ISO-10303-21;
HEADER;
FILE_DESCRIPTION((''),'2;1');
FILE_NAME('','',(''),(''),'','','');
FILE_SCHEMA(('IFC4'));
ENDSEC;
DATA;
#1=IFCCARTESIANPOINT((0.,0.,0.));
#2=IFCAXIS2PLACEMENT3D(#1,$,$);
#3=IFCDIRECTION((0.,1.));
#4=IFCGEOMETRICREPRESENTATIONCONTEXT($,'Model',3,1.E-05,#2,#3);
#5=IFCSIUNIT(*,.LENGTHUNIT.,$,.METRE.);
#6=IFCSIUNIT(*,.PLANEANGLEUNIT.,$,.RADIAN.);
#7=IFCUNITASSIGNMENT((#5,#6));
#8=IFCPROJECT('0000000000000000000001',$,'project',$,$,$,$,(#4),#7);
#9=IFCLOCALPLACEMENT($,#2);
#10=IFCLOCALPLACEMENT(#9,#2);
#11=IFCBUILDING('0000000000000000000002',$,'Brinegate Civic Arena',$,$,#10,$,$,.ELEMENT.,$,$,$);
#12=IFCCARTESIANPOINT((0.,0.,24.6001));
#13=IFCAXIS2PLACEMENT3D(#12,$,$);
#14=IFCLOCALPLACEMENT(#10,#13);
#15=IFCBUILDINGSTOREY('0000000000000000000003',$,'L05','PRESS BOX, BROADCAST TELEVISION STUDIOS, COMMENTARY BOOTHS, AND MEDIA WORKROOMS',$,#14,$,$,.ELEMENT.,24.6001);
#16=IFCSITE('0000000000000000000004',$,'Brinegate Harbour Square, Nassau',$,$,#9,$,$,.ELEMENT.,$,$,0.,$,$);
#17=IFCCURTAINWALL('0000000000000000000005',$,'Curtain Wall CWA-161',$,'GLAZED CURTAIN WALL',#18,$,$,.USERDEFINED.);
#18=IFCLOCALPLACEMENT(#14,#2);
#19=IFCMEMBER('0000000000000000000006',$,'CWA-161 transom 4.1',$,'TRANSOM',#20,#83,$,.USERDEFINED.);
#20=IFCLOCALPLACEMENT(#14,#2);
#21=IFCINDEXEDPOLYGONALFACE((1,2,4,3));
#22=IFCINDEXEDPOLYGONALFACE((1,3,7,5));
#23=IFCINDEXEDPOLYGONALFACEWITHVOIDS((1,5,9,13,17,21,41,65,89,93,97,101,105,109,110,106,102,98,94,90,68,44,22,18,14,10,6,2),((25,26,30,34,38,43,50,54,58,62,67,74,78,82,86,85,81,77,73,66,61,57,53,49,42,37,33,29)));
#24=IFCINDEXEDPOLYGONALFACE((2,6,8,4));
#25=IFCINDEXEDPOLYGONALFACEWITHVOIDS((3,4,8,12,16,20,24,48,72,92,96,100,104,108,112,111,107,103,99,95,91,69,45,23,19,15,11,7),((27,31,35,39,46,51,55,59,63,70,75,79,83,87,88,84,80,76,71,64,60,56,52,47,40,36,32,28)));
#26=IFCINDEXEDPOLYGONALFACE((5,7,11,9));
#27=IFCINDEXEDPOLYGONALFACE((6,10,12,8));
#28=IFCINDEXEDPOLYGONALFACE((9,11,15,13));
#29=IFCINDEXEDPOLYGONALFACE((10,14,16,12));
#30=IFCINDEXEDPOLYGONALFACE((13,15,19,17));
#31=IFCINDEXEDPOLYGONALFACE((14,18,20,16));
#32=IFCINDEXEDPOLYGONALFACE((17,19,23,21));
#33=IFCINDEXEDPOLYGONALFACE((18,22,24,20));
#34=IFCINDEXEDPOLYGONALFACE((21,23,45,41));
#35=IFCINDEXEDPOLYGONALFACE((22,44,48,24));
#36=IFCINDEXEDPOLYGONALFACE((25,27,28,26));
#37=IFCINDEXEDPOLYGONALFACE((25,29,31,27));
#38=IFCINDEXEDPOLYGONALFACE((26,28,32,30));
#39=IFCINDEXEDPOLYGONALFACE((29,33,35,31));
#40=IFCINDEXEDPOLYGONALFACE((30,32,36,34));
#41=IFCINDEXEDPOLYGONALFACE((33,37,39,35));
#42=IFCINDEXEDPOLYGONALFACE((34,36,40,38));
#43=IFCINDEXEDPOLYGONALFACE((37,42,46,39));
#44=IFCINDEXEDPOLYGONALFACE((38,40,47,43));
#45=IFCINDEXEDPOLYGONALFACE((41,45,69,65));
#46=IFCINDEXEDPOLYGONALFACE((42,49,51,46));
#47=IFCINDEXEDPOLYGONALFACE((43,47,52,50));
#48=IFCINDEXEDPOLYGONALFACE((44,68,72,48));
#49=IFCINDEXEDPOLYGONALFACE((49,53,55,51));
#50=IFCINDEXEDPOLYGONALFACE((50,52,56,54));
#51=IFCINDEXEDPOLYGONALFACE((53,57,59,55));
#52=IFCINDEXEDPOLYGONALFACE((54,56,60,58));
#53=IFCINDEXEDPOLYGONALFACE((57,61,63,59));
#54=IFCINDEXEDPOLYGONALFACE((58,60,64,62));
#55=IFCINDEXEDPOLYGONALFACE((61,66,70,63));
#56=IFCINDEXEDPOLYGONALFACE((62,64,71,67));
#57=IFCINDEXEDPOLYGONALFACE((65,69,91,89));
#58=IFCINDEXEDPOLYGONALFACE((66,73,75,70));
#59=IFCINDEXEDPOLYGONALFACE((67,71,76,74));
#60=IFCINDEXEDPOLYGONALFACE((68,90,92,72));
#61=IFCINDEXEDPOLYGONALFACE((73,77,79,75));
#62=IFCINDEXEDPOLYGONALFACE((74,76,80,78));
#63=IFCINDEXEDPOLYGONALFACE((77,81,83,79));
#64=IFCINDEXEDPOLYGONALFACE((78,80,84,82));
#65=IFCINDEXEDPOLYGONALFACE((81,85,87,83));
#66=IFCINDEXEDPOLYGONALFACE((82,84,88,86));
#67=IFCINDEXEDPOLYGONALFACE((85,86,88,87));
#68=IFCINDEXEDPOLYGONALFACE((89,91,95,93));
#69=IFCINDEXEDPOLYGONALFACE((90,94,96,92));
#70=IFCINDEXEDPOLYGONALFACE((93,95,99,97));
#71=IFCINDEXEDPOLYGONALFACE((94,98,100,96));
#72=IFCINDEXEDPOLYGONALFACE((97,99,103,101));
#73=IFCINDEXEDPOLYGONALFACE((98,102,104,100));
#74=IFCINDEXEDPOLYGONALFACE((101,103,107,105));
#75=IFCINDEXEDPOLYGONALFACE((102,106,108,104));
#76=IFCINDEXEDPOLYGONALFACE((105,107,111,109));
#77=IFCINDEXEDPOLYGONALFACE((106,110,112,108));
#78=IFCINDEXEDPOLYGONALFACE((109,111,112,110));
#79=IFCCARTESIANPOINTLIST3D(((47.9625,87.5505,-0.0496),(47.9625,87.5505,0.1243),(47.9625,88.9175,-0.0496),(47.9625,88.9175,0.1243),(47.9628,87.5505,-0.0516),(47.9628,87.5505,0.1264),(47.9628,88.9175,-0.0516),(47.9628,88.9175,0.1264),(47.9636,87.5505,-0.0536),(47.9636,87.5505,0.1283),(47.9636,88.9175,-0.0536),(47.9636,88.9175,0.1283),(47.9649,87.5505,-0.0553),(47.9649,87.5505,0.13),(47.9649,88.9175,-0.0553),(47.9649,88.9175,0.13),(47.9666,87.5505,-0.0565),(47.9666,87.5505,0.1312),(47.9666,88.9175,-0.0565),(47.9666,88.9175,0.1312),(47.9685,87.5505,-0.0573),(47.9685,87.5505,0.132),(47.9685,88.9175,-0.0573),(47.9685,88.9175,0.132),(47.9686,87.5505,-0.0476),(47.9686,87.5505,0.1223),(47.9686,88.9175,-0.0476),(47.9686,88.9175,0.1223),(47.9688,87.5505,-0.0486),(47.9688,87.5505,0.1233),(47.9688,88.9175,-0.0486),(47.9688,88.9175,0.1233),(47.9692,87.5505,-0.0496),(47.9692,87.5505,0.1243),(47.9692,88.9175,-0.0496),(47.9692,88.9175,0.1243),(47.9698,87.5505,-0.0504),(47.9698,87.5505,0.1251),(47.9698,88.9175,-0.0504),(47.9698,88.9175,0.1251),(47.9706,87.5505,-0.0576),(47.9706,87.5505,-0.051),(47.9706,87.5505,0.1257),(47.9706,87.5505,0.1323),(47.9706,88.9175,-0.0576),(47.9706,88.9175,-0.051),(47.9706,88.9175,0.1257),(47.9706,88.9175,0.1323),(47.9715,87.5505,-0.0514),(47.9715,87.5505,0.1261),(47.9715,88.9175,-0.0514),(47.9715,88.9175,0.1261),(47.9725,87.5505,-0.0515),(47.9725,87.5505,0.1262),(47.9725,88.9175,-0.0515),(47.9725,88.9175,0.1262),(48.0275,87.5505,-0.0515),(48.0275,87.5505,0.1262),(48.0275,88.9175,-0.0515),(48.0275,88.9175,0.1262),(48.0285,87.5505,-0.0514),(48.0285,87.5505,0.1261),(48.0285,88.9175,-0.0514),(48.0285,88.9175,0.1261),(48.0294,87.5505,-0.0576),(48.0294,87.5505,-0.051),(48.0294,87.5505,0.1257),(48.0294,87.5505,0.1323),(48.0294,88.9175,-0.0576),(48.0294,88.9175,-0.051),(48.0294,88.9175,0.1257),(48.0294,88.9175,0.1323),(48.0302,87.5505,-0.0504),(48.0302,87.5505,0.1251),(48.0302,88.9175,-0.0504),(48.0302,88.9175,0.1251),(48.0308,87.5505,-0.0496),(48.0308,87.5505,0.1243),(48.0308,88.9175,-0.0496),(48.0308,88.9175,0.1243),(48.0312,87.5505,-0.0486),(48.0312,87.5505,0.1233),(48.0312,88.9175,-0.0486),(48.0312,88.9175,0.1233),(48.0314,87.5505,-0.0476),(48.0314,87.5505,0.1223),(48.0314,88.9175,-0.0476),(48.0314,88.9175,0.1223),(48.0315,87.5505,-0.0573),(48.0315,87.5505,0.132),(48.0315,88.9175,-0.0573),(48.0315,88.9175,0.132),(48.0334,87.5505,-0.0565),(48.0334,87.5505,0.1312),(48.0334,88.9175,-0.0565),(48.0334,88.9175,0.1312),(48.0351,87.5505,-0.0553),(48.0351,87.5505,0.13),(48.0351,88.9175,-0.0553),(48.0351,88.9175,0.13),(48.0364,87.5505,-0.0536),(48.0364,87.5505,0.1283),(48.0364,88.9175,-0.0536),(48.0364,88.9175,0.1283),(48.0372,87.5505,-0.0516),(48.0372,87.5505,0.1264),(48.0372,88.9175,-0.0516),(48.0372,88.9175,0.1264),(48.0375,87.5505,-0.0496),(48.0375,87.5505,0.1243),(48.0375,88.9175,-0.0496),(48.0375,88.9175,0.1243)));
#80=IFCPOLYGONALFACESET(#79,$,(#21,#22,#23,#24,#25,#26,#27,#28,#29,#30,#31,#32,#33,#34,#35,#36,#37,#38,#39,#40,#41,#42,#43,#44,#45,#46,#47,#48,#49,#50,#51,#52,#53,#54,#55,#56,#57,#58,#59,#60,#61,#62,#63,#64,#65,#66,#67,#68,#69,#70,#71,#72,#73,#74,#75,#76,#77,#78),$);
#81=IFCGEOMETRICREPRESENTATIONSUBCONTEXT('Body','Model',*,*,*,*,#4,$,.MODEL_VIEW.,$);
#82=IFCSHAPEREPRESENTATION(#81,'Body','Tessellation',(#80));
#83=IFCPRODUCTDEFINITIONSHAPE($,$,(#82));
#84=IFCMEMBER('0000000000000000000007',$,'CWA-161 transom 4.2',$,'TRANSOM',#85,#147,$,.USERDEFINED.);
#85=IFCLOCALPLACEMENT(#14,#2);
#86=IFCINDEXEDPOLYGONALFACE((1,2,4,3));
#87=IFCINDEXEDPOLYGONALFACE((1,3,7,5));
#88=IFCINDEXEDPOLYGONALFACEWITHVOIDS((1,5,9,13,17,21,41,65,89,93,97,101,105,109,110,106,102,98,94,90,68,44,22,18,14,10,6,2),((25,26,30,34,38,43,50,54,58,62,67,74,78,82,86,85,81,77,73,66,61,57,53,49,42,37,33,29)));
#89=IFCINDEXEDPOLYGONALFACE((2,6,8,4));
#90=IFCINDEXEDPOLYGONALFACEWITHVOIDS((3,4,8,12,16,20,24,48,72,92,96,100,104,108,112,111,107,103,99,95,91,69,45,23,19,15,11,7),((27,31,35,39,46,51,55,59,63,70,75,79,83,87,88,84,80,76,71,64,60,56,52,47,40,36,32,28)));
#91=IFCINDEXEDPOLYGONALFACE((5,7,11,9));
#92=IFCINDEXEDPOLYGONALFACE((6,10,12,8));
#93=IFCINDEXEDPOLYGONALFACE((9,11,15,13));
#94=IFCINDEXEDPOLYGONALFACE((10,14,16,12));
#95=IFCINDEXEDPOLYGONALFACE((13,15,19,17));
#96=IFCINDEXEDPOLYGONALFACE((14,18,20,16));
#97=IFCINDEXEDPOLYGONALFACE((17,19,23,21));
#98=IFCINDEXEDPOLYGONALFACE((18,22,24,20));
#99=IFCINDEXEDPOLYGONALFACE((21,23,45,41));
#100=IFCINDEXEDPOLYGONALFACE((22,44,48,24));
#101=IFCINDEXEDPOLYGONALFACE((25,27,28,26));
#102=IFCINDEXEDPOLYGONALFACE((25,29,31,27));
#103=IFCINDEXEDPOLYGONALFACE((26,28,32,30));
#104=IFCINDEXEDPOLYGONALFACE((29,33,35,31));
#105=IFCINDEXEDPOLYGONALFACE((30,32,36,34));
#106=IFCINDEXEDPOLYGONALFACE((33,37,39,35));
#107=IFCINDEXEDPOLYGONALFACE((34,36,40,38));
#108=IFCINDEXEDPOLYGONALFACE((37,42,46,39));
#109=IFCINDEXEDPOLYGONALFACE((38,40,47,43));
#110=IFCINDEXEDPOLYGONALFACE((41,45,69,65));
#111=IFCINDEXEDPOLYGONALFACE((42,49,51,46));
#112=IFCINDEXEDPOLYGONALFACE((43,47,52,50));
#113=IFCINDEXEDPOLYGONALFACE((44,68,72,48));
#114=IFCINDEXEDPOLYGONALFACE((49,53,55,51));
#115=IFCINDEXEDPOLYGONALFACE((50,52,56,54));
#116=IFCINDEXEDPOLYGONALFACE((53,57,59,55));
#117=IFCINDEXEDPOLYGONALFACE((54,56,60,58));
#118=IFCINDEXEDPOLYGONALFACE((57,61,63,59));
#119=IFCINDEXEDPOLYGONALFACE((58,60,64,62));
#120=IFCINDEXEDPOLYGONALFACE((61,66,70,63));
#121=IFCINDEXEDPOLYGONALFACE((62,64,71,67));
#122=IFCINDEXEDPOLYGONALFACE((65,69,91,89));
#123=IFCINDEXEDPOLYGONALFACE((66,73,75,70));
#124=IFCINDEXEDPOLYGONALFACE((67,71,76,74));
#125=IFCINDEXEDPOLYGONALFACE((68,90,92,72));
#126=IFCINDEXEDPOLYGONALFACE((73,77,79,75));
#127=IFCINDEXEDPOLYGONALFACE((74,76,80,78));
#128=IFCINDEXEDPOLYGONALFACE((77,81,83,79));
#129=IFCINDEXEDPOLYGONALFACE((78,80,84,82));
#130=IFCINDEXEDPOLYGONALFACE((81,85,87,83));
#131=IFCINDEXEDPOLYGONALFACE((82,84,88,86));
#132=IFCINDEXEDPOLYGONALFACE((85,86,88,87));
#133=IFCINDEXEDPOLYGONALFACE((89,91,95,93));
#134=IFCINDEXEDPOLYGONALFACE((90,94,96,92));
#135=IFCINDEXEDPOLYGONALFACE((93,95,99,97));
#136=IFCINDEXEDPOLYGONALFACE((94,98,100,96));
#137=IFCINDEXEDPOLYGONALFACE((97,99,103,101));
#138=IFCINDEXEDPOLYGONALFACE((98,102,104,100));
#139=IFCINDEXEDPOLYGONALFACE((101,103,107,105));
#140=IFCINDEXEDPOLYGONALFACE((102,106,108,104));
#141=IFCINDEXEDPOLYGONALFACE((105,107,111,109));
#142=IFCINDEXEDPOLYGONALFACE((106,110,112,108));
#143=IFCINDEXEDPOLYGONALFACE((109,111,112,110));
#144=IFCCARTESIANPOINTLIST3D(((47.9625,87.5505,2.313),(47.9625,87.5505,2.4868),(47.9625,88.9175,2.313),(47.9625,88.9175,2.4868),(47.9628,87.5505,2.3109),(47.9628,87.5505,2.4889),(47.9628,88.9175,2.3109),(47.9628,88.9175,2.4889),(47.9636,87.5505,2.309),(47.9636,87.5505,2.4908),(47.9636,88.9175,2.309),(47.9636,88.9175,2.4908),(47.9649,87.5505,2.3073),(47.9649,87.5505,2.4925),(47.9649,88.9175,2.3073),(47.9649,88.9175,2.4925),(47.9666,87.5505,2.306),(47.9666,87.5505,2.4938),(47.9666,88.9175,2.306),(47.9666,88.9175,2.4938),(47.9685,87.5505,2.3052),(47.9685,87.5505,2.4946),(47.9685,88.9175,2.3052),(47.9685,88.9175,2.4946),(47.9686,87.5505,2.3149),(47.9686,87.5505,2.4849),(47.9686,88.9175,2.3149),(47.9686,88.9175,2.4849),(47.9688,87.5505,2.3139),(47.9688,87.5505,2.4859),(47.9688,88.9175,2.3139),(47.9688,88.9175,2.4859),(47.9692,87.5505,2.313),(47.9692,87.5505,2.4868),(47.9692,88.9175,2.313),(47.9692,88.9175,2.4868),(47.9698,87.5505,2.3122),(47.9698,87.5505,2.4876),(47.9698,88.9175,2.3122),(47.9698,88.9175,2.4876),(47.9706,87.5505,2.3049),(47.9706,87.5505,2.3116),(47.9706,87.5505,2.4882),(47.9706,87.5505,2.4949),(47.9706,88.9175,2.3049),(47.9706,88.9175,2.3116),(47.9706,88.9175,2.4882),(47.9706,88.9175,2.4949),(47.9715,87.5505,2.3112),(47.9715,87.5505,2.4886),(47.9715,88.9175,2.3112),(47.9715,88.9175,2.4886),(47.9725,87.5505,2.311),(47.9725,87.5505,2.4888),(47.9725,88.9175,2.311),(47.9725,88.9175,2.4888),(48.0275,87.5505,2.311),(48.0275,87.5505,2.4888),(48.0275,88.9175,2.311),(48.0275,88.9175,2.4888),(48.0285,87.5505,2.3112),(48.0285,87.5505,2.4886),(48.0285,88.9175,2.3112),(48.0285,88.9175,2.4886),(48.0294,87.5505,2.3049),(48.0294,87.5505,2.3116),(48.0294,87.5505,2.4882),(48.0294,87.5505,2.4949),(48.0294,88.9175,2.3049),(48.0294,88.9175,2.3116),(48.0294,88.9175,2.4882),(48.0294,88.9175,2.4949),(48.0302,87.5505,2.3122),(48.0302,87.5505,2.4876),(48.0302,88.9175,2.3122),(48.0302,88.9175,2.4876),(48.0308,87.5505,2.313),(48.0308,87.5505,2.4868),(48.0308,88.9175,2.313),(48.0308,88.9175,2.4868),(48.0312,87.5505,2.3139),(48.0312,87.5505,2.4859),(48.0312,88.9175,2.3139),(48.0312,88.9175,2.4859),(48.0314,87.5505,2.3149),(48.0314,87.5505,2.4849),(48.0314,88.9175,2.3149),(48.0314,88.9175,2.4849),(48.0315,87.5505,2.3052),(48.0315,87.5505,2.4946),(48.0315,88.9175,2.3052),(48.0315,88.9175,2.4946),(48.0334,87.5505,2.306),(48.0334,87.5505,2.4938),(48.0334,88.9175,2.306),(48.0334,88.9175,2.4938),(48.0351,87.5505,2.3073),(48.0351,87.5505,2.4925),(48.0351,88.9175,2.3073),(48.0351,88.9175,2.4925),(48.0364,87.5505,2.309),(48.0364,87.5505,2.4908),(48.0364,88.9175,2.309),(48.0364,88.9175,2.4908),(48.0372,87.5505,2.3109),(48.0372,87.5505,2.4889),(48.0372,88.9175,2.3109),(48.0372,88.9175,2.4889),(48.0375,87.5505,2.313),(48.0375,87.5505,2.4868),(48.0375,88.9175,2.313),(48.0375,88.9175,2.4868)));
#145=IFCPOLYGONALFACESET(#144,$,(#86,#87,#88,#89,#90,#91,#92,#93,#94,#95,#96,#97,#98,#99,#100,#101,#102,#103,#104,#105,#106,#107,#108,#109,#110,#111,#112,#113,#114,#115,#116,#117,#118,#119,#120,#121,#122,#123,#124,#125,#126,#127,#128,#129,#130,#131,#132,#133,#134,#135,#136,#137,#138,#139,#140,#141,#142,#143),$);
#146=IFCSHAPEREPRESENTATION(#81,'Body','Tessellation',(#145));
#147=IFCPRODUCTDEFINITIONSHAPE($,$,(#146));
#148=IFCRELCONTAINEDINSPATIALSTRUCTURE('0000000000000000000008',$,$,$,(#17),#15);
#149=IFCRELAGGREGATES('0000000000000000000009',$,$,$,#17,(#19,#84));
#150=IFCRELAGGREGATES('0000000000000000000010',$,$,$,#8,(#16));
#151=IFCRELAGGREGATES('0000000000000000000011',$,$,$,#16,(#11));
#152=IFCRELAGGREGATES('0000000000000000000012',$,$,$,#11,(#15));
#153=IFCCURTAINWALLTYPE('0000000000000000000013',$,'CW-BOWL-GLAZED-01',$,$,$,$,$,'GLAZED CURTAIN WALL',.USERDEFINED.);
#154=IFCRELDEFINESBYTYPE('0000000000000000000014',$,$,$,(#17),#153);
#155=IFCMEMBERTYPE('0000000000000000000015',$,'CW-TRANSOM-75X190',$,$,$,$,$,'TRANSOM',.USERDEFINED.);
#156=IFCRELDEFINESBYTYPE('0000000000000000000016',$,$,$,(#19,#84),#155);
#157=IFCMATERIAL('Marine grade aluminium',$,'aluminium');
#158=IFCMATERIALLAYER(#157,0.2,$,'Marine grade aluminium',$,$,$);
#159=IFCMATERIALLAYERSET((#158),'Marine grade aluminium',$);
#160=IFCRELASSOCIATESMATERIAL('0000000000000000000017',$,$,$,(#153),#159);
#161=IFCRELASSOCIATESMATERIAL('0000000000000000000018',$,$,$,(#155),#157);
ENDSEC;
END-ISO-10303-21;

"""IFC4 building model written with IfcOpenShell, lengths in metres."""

from ifc_helpers import new_model, si_unit, direction, frame, origin, origin_2d, place, context, subcontext, project, spatial, hollow_rectangle, extrude, material, layer, layer_set, material_profile, profile_set, type_object, element, aggregate, save


model = new_model("IFC4")

# Units and contexts
model_context = context("Model", 3, precision=1e-05, world=origin(), true_north=direction((0.0, 1.0)))
body_context = subcontext(model_context, "Body", "Model", "MODEL_VIEW")
ifc_project = project(units=[si_unit("LENGTHUNIT", "METRE"), si_unit("PLANEANGLEUNIT", "RADIAN")], contexts=[model_context])

# Site, building, storey
site_placement = place(None, origin())
site = spatial("IfcSite", under=ifc_project, at=site_placement, Name="Brinegate Harbour Square, Nassau", CompositionType="ELEMENT", RefElevation=0.0)
building_placement = place(site_placement, origin())
building = spatial("IfcBuilding", under=site, at=building_placement, Name="Brinegate Civic Arena", CompositionType="ELEMENT")
storey_placement = place(building_placement, frame((0.0, 0.0, 24.6001)))
storey = spatial("IfcBuildingStorey", under=building, at=storey_placement, Name="L05", Description="PRESS BOX, BROADCAST TELEVISION STUDIOS, COMMENTARY BOOTHS, AND MEDIA WORKROOMS", CompositionType="ELEMENT", Elevation=24.6001)

# Curtain wall, members
ifc_material_1 = material(Name="Marine grade aluminium", Category="aluminium")
ifc_layer_1 = layer(ifc_material_1, 0.2, Name="Marine grade aluminium")
ifc_layer_set_1 = layer_set([ifc_layer_1], Name="Marine grade aluminium")
curtain_wall_type = type_object("IfcCurtainWallType", Name="CW-BOWL-GLAZED-01", ElementType="GLAZED CURTAIN WALL", PredefinedType="USERDEFINED", material=ifc_layer_set_1)
curtain_wall_placement = place(storey_placement, origin())
curtain_wall = element("IfcCurtainWall", 1, at=curtain_wall_placement, inside=storey, type_object=curtain_wall_type, Name="Curtain Wall CWA-161", ObjectType="GLAZED CURTAIN WALL", PredefinedType="USERDEFINED")
ifc_material_profile_1 = material_profile(ifc_material_1, hollow_rectangle(XDim=0.075, YDim=0.1899, WallThickness=0.0061, InnerFilletRadius=0.0039, OuterFilletRadius=0.0081, at=origin_2d()), Name="TRN75X190")
ifc_profile_set_1 = profile_set([ifc_material_profile_1], Name="Marine grade aluminium")
member_type_1 = type_object("IfcMemberType", Name="CW-TRANSOM-75X190", ElementType="TRANSOM", PredefinedType="USERDEFINED", material=ifc_profile_set_1)
member_1_placement = place(storey_placement, frame((48.0, 87.5505, 0.0374), z_axis=(0.0, 1.0, 0.0), x_axis=(-1.0, 0.0, 0.0)))
member_1 = element("IfcMember", 2, at=member_1_placement, type_object=member_type_1, Name="CWA-161 transom 4.1", ObjectType="TRANSOM", PredefinedType="USERDEFINED", context=body_context, shape_type="SweptSolid", body=[
    extrude(hollow_rectangle(XDim=0.075, YDim=0.1899, WallThickness=0.0061, InnerFilletRadius=0.0039, OuterFilletRadius=0.0081, at=origin_2d()), origin(), (0.0, 0.0, 1.0), 1.3669),
])
member_2_placement = place(storey_placement, frame((48.0, 87.5505, 2.3999), z_axis=(0.0, 1.0, 0.0), x_axis=(-1.0, 0.0, 0.0)))
member_2 = element("IfcMember", 3, at=member_2_placement, type_object=member_type_1, Name="CWA-161 transom 4.2", ObjectType="TRANSOM", PredefinedType="USERDEFINED", context=body_context, shape_type="SweptSolid", body=[
    extrude(hollow_rectangle(XDim=0.075, YDim=0.1899, WallThickness=0.0061, InnerFilletRadius=0.0039, OuterFilletRadius=0.0081, at=origin_2d()), origin(), (0.0, 0.0, 1.0), 1.3669),
])
aggregate(curtain_wall, [member_1, member_2])

save(model, "model.ifc")
